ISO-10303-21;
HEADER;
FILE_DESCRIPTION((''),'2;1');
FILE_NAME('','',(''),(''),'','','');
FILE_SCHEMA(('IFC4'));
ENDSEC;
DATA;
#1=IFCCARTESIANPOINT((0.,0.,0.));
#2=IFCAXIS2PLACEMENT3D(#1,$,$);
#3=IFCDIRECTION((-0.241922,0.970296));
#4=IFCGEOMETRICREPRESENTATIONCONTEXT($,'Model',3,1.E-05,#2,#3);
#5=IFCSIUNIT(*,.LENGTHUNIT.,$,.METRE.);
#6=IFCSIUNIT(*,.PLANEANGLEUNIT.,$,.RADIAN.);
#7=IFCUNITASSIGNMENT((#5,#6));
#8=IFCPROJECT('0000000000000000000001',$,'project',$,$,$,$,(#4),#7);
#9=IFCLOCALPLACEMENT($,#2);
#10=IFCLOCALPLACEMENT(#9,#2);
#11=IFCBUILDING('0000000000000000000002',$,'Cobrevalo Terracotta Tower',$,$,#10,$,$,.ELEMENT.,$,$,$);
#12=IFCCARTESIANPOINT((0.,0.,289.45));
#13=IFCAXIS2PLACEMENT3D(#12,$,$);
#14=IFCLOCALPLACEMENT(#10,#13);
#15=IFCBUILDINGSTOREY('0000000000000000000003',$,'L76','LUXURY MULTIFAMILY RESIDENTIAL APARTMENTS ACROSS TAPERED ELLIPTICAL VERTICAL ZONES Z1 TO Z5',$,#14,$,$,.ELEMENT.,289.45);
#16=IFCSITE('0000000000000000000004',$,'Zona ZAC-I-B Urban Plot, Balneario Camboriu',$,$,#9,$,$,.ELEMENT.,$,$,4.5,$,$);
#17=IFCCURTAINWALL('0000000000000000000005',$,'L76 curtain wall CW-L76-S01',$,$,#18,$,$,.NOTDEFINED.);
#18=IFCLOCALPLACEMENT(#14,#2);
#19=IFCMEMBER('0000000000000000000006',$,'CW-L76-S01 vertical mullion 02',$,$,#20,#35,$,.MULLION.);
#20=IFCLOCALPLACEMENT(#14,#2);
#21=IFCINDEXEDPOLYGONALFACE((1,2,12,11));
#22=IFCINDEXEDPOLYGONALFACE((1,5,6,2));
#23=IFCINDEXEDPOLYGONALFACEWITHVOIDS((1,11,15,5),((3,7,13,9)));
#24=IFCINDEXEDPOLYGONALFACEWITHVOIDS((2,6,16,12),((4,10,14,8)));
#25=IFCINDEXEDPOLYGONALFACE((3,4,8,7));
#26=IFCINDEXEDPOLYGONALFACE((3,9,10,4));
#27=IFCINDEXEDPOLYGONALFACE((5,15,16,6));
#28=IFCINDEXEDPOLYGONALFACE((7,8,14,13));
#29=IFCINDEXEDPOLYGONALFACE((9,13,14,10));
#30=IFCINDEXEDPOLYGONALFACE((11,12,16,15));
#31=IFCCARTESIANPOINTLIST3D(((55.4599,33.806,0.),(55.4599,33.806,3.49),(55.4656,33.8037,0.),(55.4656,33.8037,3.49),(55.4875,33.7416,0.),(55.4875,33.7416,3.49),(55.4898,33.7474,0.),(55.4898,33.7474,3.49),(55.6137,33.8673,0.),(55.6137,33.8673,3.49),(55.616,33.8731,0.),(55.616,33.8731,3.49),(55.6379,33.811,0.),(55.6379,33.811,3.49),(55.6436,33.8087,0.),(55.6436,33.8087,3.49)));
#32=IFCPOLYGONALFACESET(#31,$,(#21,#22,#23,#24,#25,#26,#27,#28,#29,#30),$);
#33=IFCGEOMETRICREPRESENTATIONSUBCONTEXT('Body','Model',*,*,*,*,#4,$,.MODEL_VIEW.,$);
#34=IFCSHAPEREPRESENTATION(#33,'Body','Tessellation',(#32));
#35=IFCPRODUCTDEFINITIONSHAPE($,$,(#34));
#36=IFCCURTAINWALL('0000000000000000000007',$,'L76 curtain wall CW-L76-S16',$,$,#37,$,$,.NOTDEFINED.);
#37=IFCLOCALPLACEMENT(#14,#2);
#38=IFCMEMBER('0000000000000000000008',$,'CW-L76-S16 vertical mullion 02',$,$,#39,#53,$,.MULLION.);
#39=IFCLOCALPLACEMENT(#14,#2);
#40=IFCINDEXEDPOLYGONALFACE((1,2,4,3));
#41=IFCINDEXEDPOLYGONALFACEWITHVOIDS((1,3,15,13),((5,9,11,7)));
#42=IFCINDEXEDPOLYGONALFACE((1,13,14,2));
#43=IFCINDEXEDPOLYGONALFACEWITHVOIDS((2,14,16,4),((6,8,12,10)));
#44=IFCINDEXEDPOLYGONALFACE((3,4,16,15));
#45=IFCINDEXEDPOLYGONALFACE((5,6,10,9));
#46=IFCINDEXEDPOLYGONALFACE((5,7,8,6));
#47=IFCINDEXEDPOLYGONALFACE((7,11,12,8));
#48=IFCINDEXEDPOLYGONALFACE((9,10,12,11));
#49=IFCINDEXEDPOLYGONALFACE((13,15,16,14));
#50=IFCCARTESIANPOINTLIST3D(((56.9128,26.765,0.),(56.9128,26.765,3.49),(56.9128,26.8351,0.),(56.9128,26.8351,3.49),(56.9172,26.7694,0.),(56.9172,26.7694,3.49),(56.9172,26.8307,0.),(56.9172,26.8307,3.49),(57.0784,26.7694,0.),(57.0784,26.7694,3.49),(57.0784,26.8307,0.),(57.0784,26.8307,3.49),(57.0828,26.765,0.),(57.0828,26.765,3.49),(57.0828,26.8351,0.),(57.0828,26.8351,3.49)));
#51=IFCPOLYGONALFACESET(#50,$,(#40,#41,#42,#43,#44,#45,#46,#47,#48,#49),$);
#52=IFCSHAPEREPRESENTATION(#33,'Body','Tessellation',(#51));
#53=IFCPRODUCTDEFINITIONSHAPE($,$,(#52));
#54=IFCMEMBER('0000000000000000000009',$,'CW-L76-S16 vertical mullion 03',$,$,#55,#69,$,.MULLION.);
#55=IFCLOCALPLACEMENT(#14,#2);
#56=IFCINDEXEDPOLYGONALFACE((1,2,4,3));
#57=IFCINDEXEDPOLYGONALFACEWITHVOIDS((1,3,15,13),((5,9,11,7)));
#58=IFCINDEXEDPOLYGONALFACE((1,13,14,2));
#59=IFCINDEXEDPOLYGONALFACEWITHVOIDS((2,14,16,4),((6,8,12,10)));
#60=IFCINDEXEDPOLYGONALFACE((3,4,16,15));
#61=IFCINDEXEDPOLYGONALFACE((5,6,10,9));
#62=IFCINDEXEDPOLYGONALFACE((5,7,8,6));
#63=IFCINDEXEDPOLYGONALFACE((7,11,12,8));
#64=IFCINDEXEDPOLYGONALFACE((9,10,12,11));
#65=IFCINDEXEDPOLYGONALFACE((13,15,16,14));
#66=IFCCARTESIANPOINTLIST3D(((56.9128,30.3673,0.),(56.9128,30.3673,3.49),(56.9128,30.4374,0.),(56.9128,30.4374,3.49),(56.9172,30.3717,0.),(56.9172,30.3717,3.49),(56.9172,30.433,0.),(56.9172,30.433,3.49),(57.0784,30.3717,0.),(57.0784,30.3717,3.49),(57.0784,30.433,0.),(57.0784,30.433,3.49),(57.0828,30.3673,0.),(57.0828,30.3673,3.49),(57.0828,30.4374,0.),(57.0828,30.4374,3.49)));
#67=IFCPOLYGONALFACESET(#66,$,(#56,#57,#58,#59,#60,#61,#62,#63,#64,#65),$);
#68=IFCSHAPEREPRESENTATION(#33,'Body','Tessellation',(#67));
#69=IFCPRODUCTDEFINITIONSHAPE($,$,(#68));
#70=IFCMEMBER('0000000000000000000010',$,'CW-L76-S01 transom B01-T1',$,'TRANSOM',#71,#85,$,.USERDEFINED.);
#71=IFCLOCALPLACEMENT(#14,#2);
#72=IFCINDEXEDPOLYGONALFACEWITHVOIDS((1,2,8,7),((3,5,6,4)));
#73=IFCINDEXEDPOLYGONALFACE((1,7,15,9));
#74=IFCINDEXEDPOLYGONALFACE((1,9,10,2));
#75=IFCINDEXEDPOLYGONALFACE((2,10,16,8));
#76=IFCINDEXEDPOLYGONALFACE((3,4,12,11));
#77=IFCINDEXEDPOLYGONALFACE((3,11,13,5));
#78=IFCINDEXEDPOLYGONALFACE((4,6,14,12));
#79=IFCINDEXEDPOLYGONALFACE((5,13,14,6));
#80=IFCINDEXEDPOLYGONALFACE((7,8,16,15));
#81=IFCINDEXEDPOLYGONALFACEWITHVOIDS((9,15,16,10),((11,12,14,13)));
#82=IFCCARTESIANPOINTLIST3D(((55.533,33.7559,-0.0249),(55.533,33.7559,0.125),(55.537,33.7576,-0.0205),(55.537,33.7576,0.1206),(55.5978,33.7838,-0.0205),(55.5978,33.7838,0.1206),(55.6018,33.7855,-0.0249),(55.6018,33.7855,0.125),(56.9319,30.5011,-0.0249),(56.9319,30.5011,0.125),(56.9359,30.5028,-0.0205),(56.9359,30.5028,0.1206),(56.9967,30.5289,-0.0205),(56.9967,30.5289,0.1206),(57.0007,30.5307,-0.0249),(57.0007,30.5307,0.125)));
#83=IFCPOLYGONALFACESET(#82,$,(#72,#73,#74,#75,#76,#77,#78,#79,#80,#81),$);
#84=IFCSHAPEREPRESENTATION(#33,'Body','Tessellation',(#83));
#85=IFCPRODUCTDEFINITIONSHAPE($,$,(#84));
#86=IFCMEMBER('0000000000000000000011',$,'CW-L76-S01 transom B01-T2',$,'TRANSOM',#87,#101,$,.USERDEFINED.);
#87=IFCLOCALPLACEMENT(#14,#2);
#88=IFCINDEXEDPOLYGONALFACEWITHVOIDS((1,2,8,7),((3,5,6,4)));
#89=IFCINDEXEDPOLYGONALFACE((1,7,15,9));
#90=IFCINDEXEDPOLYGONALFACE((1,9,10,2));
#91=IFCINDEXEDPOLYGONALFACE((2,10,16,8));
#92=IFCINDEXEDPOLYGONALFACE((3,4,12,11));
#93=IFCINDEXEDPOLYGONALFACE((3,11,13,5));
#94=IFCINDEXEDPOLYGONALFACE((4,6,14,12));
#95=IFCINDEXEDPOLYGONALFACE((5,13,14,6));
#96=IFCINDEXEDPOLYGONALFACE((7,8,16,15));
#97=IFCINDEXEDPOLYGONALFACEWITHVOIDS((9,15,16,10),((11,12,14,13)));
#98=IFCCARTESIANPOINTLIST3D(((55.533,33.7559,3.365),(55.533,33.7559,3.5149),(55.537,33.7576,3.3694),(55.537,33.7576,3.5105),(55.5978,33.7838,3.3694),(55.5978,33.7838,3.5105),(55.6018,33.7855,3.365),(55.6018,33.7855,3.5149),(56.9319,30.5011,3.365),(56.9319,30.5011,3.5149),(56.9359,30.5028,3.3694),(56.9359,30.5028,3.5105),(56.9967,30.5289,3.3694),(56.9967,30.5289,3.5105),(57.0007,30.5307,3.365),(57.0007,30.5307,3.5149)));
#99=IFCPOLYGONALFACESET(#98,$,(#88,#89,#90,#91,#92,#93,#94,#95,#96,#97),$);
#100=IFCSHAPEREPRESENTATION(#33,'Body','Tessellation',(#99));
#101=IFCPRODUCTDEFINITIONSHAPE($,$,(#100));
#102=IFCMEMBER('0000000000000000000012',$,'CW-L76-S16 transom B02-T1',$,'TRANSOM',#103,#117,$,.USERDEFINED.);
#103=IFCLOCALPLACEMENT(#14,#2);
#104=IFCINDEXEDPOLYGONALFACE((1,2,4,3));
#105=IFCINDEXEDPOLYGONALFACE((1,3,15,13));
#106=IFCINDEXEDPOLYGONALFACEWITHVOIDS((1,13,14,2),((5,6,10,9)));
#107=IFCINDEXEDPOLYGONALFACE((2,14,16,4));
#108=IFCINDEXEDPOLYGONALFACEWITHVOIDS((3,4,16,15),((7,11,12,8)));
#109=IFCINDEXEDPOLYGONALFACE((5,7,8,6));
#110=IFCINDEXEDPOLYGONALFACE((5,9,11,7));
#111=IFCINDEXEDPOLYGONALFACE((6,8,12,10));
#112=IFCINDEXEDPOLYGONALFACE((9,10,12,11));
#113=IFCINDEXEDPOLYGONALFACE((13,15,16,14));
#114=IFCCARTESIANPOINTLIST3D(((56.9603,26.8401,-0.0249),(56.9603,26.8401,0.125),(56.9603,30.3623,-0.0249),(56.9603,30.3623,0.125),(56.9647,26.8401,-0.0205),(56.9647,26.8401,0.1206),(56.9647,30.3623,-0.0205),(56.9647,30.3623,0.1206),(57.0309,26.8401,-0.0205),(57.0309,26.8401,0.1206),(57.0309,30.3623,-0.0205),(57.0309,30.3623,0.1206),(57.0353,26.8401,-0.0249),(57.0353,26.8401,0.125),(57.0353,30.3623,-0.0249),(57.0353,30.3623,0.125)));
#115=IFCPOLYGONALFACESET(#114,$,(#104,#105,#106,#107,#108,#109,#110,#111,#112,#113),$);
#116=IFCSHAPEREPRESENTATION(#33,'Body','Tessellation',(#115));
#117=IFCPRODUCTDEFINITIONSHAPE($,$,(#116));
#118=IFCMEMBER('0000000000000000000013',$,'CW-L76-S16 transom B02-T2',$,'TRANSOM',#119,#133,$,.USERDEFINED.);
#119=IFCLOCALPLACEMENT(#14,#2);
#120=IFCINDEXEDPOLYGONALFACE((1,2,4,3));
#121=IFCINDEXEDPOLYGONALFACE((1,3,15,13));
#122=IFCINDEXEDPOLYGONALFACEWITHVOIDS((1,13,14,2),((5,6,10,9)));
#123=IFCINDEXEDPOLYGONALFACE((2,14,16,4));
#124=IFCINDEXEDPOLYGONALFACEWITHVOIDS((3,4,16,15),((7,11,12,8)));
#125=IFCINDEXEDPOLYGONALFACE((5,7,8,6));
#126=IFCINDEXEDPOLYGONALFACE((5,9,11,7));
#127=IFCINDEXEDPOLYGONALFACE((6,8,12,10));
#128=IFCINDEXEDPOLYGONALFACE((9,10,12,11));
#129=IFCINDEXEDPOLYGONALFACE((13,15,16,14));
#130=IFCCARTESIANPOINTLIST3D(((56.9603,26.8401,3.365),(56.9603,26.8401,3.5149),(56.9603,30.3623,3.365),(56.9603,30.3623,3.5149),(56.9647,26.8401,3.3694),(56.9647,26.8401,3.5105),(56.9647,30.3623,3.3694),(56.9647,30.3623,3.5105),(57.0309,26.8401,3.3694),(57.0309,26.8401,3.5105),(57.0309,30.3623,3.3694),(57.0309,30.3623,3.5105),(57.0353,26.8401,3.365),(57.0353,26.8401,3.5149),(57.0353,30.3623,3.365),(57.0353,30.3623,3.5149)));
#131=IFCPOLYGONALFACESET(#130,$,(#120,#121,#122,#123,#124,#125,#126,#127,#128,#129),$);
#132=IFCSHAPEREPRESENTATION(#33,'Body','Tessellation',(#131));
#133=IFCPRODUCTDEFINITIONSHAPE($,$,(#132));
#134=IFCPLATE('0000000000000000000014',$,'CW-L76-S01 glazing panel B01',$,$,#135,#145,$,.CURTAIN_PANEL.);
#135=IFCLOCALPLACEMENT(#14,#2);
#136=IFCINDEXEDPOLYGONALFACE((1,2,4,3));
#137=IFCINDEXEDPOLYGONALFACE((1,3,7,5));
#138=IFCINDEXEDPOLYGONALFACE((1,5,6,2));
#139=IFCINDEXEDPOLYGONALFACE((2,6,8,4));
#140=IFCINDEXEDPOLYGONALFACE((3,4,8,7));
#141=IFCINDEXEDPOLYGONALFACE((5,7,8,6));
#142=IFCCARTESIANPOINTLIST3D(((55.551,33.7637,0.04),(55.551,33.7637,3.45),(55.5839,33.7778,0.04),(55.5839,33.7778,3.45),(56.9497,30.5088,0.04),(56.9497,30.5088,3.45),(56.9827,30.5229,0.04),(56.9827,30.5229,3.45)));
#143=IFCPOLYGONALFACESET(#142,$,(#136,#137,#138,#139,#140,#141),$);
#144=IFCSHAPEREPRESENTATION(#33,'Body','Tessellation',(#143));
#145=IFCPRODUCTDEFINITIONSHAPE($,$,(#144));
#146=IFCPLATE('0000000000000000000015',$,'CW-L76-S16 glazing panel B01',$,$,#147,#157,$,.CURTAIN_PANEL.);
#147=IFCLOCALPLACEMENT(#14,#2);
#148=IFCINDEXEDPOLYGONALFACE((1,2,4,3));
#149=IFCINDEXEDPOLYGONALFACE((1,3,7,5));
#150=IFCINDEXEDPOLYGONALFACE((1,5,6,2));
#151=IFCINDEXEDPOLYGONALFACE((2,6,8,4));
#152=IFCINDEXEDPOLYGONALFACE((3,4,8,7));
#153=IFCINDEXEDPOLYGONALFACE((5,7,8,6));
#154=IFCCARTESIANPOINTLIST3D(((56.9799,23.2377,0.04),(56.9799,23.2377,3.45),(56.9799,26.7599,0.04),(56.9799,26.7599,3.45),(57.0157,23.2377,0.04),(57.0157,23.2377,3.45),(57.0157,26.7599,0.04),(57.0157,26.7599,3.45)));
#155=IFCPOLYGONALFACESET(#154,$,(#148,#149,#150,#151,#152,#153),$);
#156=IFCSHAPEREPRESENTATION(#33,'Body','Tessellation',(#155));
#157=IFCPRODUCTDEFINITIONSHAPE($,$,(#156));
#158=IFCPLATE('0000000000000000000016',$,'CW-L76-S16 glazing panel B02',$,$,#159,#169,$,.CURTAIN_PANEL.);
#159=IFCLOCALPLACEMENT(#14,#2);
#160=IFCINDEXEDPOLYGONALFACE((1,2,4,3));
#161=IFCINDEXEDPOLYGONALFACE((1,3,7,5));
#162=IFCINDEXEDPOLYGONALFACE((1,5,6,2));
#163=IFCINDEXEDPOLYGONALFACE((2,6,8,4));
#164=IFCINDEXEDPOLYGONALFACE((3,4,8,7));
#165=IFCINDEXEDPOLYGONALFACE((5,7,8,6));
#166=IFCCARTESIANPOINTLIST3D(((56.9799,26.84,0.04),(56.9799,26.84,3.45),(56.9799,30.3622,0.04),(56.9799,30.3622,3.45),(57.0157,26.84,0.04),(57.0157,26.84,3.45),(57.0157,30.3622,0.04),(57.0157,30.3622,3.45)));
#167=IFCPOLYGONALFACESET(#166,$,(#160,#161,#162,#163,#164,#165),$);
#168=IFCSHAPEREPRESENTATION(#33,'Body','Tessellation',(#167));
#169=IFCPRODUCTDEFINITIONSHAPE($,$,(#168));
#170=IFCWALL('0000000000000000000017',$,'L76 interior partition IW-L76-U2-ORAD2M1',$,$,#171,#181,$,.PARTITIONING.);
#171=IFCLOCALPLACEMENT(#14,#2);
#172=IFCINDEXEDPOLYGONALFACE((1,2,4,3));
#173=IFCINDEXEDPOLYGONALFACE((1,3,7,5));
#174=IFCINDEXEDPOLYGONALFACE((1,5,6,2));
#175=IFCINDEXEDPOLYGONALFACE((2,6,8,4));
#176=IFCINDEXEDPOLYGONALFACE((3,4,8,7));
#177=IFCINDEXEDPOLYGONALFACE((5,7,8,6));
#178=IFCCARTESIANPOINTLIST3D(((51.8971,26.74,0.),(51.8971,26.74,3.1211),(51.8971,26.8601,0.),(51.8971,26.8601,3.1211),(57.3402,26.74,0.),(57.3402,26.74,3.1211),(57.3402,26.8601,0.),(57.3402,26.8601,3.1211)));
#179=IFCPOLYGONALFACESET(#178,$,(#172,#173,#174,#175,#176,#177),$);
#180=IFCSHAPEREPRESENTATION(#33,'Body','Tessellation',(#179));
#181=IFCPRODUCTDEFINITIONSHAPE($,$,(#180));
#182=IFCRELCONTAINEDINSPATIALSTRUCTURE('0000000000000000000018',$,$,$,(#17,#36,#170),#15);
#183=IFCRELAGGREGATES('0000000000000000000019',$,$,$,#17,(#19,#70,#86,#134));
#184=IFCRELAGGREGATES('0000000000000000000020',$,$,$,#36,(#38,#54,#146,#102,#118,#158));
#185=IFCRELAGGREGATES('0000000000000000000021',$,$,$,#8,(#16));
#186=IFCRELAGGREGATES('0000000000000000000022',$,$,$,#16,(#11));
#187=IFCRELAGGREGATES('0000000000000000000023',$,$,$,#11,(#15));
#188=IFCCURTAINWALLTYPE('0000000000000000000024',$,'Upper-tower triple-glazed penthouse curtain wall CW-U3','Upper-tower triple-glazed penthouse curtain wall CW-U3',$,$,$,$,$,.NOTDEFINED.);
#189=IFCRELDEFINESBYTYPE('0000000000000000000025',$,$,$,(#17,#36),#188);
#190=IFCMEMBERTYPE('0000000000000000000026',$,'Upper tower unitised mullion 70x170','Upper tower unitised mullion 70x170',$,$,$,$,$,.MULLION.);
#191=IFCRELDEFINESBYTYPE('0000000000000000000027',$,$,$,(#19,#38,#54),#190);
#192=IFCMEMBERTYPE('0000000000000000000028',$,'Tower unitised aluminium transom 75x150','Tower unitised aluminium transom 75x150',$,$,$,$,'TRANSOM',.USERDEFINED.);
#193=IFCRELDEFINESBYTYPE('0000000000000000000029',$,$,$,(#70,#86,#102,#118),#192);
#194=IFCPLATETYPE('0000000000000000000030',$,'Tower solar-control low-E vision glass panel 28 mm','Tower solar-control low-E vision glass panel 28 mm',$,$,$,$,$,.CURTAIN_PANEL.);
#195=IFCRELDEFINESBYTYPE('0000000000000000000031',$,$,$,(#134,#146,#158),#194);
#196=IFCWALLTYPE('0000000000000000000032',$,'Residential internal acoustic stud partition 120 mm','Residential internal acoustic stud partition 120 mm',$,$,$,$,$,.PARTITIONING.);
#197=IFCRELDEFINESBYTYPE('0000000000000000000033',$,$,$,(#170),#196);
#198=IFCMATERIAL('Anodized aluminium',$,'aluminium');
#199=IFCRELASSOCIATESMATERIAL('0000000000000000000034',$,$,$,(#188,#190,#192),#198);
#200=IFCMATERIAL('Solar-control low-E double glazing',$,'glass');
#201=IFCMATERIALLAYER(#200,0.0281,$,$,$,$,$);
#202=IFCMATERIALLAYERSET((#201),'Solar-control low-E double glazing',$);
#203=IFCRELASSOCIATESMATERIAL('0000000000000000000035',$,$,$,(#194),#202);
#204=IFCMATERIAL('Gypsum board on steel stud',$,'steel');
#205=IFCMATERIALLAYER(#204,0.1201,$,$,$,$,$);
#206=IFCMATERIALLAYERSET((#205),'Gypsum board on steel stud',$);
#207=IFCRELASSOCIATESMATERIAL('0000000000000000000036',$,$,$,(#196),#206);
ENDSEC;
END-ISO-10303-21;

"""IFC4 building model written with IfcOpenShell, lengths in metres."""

from ifc_helpers import new_model, si_unit, direction, frame, frame_2d, origin, origin_2d, place, context, subcontext, project, spatial, rectangle, hollow_rectangle, extrude, source, transform, mapped, material, layer, layer_set, material_profile, profile_set, type_object, element, aggregate, save


model = new_model("IFC4")

# Units and contexts
model_context = context("Model", 3, precision=1e-05, world=origin(), true_north=direction((-0.241922, 0.970296)))
body_context = subcontext(model_context, "Body", "Model", "MODEL_VIEW")
ifc_project = project(units=[si_unit("LENGTHUNIT", "METRE"), si_unit("PLANEANGLEUNIT", "RADIAN")], contexts=[model_context])

# Site, building, storey
site_placement = place(None, origin())
site = spatial("IfcSite", under=ifc_project, at=site_placement, Name="Zona ZAC-I-B Urban Plot, Balneario Camboriu", CompositionType="ELEMENT", RefElevation=4.5)
building_placement = place(site_placement, origin())
building = spatial("IfcBuilding", under=site, at=building_placement, Name="Cobrevalo Terracotta Tower", CompositionType="ELEMENT")
storey_placement = place(building_placement, frame((0.0, 0.0, 289.45)))
storey = spatial("IfcBuildingStorey", under=building, at=storey_placement, Name="L76", Description="LUXURY MULTIFAMILY RESIDENTIAL APARTMENTS ACROSS TAPERED ELLIPTICAL VERTICAL ZONES Z1 TO Z5", CompositionType="ELEMENT", Elevation=289.45)

# Curtain walls, members
ifc_material_1 = material(Name="Anodized aluminium", Category="aluminium")
curtain_wall_type = type_object("IfcCurtainWallType", Name="Upper-tower triple-glazed penthouse curtain wall CW-U3", Description="Upper-tower triple-glazed penthouse curtain wall CW-U3", PredefinedType="NOTDEFINED", material=ifc_material_1)
curtain_wall_1_placement = place(storey_placement, origin())
curtain_wall_1 = element("IfcCurtainWall", 1, at=curtain_wall_1_placement, inside=storey, type_object=curtain_wall_type, Name="L76 curtain wall CW-L76-S01", PredefinedType="NOTDEFINED")
ifc_material_profile_1 = material_profile(ifc_material_1, hollow_rectangle(XDim=0.0701, YDim=0.1699, WallThickness=0.0044, at=origin_2d()), Name="CWM 70x170")
ifc_profile_set_1 = profile_set([ifc_material_profile_1], Name="Anodized aluminium")
member_type_1 = type_object("IfcMemberType", Name="Upper tower unitised mullion 70x170", Description="Upper tower unitised mullion 70x170", PredefinedType="MULLION", material=ifc_profile_set_1)
shared_shape_1 = source(origin(), body_context, "Body", "SweptSolid", [
    extrude(hollow_rectangle(XDim=0.0701, YDim=0.1699, WallThickness=0.0044, at=origin_2d()), origin(), (0.0, 0.0, 1.0), 3.49),
])
member_1_placement = place(storey_placement, frame((55.5518, 33.8074, 0.0), z_axis=(0.0, 0.0, 1.0), x_axis=(-0.394824, 0.918757, 0.0)))
member_1 = element("IfcMember", 2, at=member_1_placement, type_object=member_type_1, Name="CW-L76-S01 vertical mullion 02", PredefinedType="MULLION", context=body_context, shape_type="MappedRepresentation", body=[
    mapped(shared_shape_1, transform((0.0, 0.0, 0.0), scale=1.0)),
])
curtain_wall_2_placement = place(storey_placement, origin())
curtain_wall_2 = element("IfcCurtainWall", 3, at=curtain_wall_2_placement, inside=storey, type_object=curtain_wall_type, Name="L76 curtain wall CW-L76-S16", PredefinedType="NOTDEFINED")
member_2_placement = place(storey_placement, frame((56.9978, 26.8, 0.0), z_axis=(0.0, 0.0, 1.0), x_axis=(0.0, 1.0, 0.0)))
member_2 = element("IfcMember", 4, at=member_2_placement, type_object=member_type_1, Name="CW-L76-S16 vertical mullion 02", PredefinedType="MULLION", context=body_context, shape_type="MappedRepresentation", body=[
    mapped(shared_shape_1, transform((0.0, 0.0, 0.0), scale=1.0)),
])
member_3_placement = place(storey_placement, frame((56.9978, 30.4023, 0.0), z_axis=(0.0, 0.0, 1.0), x_axis=(0.0, 1.0, 0.0)))
member_3 = element("IfcMember", 5, at=member_3_placement, type_object=member_type_1, Name="CW-L76-S16 vertical mullion 03", PredefinedType="MULLION", context=body_context, shape_type="MappedRepresentation", body=[
    mapped(shared_shape_1, transform((0.0, 0.0, 0.0), scale=1.0)),
])

# Members
ifc_material_profile_2 = material_profile(ifc_material_1, hollow_rectangle(XDim=0.075, YDim=0.1499, WallThickness=0.0044, at=origin_2d()), Name="CWT 75x150")
ifc_profile_set_2 = profile_set([ifc_material_profile_2], Name="Anodized aluminium")
member_type_2 = type_object("IfcMemberType", Name="Tower unitised aluminium transom 75x150", Description="Tower unitised aluminium transom 75x150", ElementType="TRANSOM", PredefinedType="USERDEFINED", material=ifc_profile_set_2)
shared_shape_2 = source(origin(), body_context, "Body", "SweptSolid", [
    extrude(hollow_rectangle(XDim=0.075, YDim=0.1499, WallThickness=0.0044, at=origin_2d()), origin(), (0.0, 0.0, 1.0), 3.5427),
])
member_4_placement = place(storey_placement, frame((56.9663, 30.5159, 0.05), z_axis=(-0.394867, 0.918738, 0.0), x_axis=(-0.918738, -0.394867, 0.0)))
member_4 = element("IfcMember", 6, at=member_4_placement, type_object=member_type_2, Name="CW-L76-S01 transom B01-T1", ObjectType="TRANSOM", PredefinedType="USERDEFINED", context=body_context, shape_type="MappedRepresentation", body=[
    mapped(shared_shape_2, transform((0.0, 0.0, 0.0), scale=1.0)),
])
member_5_placement = place(storey_placement, frame((56.9663, 30.5159, 3.4399), z_axis=(-0.394867, 0.918738, 0.0), x_axis=(-0.918738, -0.394867, 0.0)))
member_5 = element("IfcMember", 7, at=member_5_placement, type_object=member_type_2, Name="CW-L76-S01 transom B01-T2", ObjectType="TRANSOM", PredefinedType="USERDEFINED", context=body_context, shape_type="MappedRepresentation", body=[
    mapped(shared_shape_2, transform((0.0, 0.0, 0.0), scale=1.0)),
])
shared_shape_3 = source(origin(), body_context, "Body", "SweptSolid", [
    extrude(hollow_rectangle(XDim=0.075, YDim=0.1499, WallThickness=0.0044, at=origin_2d()), origin(), (0.0, 0.0, 1.0), 3.5222),
])
member_6_placement = place(storey_placement, frame((56.9978, 26.8401, 0.05), z_axis=(0.0, 1.0, 0.0), x_axis=(-1.0, 0.0, 0.0)))
member_6 = element("IfcMember", 8, at=member_6_placement, type_object=member_type_2, Name="CW-L76-S16 transom B02-T1", ObjectType="TRANSOM", PredefinedType="USERDEFINED", context=body_context, shape_type="MappedRepresentation", body=[
    mapped(shared_shape_3, transform((0.0, 0.0, 0.0), scale=1.0)),
])
member_7_placement = place(storey_placement, frame((56.9978, 26.8401, 3.4399), z_axis=(0.0, 1.0, 0.0), x_axis=(-1.0, 0.0, 0.0)))
member_7 = element("IfcMember", 9, at=member_7_placement, type_object=member_type_2, Name="CW-L76-S16 transom B02-T2", ObjectType="TRANSOM", PredefinedType="USERDEFINED", context=body_context, shape_type="MappedRepresentation", body=[
    mapped(shared_shape_3, transform((0.0, 0.0, 0.0), scale=1.0)),
])

# Plates
ifc_material_2 = material(Name="Solar-control low-E double glazing", Category="glass")
ifc_layer_1 = layer(ifc_material_2, 0.0281)
ifc_layer_set_1 = layer_set([ifc_layer_1], Name="Solar-control low-E double glazing")
plate_type = type_object("IfcPlateType", Name="Tower solar-control low-E vision glass panel 28 mm", Description="Tower solar-control low-E vision glass panel 28 mm", PredefinedType="CURTAIN_PANEL", material=ifc_layer_set_1)
shared_shape_4 = source(origin(), body_context, "Body", "SweptSolid", [
    extrude(rectangle(XDim=3.5427, YDim=0.0359, at=origin_2d()), origin(), (0.0, 0.0, 1.0), 3.4099),
])
plate_1_placement = place(storey_placement, frame((56.2668, 32.1433, 0.04), z_axis=(0.0, 0.0, 1.0), x_axis=(-0.394829, 0.918755, 0.0)))
plate_1 = element("IfcPlate", 10, at=plate_1_placement, type_object=plate_type, Name="CW-L76-S01 glazing panel B01", PredefinedType="CURTAIN_PANEL", context=body_context, shape_type="MappedRepresentation", body=[
    mapped(shared_shape_4, transform((0.0, 0.0, 0.0), scale=1.0)),
])
aggregate(curtain_wall_1, [member_1, member_4, member_5, plate_1])
shared_shape_5 = source(origin(), body_context, "Body", "SweptSolid", [
    extrude(rectangle(XDim=3.5222, YDim=0.0359, at=origin_2d()), origin(), (0.0, 0.0, 1.0), 3.4099),
])
plate_2_placement = place(storey_placement, frame((56.9978, 24.9988, 0.04), z_axis=(0.0, 0.0, 1.0), x_axis=(0.0, 1.0, 0.0)))
plate_2 = element("IfcPlate", 11, at=plate_2_placement, type_object=plate_type, Name="CW-L76-S16 glazing panel B01", PredefinedType="CURTAIN_PANEL", context=body_context, shape_type="MappedRepresentation", body=[
    mapped(shared_shape_5, transform((0.0, 0.0, 0.0), scale=1.0)),
])
plate_3_placement = place(storey_placement, frame((56.9978, 28.6011, 0.04), z_axis=(0.0, 0.0, 1.0), x_axis=(0.0, 1.0, 0.0)))
plate_3 = element("IfcPlate", 12, at=plate_3_placement, type_object=plate_type, Name="CW-L76-S16 glazing panel B02", PredefinedType="CURTAIN_PANEL", context=body_context, shape_type="MappedRepresentation", body=[
    mapped(shared_shape_5, transform((0.0, 0.0, 0.0), scale=1.0)),
])
aggregate(curtain_wall_2, [member_2, member_3, plate_2, member_6, member_7, plate_3])

# Wall
ifc_material_3 = material(Name="Gypsum board on steel stud", Category="steel")
ifc_layer_2 = layer(ifc_material_3, 0.1201)
ifc_layer_set_2 = layer_set([ifc_layer_2], Name="Gypsum board on steel stud")
wall_type = type_object("IfcWallType", Name="Residential internal acoustic stud partition 120 mm", Description="Residential internal acoustic stud partition 120 mm", PredefinedType="PARTITIONING", material=ifc_layer_set_2)
wall_1_placement = place(storey_placement, frame((51.897, 26.8, 0.0), z_axis=(0.0, 0.0, 1.0), x_axis=(1.0, 0.0, 0.0)))
element("IfcWall", 13, at=wall_1_placement, inside=storey, type_object=wall_type, Name="L76 interior partition IW-L76-U2-ORAD2M1", PredefinedType="PARTITIONING", context=body_context, shape_type="SweptSolid", body=[
    extrude(rectangle(XDim=5.4431, YDim=0.1201, at=frame_2d((2.7217, 0.0))), origin(), (0.0, 0.0, 1.0), 3.1211),
])

save(model, "model.ifc")
